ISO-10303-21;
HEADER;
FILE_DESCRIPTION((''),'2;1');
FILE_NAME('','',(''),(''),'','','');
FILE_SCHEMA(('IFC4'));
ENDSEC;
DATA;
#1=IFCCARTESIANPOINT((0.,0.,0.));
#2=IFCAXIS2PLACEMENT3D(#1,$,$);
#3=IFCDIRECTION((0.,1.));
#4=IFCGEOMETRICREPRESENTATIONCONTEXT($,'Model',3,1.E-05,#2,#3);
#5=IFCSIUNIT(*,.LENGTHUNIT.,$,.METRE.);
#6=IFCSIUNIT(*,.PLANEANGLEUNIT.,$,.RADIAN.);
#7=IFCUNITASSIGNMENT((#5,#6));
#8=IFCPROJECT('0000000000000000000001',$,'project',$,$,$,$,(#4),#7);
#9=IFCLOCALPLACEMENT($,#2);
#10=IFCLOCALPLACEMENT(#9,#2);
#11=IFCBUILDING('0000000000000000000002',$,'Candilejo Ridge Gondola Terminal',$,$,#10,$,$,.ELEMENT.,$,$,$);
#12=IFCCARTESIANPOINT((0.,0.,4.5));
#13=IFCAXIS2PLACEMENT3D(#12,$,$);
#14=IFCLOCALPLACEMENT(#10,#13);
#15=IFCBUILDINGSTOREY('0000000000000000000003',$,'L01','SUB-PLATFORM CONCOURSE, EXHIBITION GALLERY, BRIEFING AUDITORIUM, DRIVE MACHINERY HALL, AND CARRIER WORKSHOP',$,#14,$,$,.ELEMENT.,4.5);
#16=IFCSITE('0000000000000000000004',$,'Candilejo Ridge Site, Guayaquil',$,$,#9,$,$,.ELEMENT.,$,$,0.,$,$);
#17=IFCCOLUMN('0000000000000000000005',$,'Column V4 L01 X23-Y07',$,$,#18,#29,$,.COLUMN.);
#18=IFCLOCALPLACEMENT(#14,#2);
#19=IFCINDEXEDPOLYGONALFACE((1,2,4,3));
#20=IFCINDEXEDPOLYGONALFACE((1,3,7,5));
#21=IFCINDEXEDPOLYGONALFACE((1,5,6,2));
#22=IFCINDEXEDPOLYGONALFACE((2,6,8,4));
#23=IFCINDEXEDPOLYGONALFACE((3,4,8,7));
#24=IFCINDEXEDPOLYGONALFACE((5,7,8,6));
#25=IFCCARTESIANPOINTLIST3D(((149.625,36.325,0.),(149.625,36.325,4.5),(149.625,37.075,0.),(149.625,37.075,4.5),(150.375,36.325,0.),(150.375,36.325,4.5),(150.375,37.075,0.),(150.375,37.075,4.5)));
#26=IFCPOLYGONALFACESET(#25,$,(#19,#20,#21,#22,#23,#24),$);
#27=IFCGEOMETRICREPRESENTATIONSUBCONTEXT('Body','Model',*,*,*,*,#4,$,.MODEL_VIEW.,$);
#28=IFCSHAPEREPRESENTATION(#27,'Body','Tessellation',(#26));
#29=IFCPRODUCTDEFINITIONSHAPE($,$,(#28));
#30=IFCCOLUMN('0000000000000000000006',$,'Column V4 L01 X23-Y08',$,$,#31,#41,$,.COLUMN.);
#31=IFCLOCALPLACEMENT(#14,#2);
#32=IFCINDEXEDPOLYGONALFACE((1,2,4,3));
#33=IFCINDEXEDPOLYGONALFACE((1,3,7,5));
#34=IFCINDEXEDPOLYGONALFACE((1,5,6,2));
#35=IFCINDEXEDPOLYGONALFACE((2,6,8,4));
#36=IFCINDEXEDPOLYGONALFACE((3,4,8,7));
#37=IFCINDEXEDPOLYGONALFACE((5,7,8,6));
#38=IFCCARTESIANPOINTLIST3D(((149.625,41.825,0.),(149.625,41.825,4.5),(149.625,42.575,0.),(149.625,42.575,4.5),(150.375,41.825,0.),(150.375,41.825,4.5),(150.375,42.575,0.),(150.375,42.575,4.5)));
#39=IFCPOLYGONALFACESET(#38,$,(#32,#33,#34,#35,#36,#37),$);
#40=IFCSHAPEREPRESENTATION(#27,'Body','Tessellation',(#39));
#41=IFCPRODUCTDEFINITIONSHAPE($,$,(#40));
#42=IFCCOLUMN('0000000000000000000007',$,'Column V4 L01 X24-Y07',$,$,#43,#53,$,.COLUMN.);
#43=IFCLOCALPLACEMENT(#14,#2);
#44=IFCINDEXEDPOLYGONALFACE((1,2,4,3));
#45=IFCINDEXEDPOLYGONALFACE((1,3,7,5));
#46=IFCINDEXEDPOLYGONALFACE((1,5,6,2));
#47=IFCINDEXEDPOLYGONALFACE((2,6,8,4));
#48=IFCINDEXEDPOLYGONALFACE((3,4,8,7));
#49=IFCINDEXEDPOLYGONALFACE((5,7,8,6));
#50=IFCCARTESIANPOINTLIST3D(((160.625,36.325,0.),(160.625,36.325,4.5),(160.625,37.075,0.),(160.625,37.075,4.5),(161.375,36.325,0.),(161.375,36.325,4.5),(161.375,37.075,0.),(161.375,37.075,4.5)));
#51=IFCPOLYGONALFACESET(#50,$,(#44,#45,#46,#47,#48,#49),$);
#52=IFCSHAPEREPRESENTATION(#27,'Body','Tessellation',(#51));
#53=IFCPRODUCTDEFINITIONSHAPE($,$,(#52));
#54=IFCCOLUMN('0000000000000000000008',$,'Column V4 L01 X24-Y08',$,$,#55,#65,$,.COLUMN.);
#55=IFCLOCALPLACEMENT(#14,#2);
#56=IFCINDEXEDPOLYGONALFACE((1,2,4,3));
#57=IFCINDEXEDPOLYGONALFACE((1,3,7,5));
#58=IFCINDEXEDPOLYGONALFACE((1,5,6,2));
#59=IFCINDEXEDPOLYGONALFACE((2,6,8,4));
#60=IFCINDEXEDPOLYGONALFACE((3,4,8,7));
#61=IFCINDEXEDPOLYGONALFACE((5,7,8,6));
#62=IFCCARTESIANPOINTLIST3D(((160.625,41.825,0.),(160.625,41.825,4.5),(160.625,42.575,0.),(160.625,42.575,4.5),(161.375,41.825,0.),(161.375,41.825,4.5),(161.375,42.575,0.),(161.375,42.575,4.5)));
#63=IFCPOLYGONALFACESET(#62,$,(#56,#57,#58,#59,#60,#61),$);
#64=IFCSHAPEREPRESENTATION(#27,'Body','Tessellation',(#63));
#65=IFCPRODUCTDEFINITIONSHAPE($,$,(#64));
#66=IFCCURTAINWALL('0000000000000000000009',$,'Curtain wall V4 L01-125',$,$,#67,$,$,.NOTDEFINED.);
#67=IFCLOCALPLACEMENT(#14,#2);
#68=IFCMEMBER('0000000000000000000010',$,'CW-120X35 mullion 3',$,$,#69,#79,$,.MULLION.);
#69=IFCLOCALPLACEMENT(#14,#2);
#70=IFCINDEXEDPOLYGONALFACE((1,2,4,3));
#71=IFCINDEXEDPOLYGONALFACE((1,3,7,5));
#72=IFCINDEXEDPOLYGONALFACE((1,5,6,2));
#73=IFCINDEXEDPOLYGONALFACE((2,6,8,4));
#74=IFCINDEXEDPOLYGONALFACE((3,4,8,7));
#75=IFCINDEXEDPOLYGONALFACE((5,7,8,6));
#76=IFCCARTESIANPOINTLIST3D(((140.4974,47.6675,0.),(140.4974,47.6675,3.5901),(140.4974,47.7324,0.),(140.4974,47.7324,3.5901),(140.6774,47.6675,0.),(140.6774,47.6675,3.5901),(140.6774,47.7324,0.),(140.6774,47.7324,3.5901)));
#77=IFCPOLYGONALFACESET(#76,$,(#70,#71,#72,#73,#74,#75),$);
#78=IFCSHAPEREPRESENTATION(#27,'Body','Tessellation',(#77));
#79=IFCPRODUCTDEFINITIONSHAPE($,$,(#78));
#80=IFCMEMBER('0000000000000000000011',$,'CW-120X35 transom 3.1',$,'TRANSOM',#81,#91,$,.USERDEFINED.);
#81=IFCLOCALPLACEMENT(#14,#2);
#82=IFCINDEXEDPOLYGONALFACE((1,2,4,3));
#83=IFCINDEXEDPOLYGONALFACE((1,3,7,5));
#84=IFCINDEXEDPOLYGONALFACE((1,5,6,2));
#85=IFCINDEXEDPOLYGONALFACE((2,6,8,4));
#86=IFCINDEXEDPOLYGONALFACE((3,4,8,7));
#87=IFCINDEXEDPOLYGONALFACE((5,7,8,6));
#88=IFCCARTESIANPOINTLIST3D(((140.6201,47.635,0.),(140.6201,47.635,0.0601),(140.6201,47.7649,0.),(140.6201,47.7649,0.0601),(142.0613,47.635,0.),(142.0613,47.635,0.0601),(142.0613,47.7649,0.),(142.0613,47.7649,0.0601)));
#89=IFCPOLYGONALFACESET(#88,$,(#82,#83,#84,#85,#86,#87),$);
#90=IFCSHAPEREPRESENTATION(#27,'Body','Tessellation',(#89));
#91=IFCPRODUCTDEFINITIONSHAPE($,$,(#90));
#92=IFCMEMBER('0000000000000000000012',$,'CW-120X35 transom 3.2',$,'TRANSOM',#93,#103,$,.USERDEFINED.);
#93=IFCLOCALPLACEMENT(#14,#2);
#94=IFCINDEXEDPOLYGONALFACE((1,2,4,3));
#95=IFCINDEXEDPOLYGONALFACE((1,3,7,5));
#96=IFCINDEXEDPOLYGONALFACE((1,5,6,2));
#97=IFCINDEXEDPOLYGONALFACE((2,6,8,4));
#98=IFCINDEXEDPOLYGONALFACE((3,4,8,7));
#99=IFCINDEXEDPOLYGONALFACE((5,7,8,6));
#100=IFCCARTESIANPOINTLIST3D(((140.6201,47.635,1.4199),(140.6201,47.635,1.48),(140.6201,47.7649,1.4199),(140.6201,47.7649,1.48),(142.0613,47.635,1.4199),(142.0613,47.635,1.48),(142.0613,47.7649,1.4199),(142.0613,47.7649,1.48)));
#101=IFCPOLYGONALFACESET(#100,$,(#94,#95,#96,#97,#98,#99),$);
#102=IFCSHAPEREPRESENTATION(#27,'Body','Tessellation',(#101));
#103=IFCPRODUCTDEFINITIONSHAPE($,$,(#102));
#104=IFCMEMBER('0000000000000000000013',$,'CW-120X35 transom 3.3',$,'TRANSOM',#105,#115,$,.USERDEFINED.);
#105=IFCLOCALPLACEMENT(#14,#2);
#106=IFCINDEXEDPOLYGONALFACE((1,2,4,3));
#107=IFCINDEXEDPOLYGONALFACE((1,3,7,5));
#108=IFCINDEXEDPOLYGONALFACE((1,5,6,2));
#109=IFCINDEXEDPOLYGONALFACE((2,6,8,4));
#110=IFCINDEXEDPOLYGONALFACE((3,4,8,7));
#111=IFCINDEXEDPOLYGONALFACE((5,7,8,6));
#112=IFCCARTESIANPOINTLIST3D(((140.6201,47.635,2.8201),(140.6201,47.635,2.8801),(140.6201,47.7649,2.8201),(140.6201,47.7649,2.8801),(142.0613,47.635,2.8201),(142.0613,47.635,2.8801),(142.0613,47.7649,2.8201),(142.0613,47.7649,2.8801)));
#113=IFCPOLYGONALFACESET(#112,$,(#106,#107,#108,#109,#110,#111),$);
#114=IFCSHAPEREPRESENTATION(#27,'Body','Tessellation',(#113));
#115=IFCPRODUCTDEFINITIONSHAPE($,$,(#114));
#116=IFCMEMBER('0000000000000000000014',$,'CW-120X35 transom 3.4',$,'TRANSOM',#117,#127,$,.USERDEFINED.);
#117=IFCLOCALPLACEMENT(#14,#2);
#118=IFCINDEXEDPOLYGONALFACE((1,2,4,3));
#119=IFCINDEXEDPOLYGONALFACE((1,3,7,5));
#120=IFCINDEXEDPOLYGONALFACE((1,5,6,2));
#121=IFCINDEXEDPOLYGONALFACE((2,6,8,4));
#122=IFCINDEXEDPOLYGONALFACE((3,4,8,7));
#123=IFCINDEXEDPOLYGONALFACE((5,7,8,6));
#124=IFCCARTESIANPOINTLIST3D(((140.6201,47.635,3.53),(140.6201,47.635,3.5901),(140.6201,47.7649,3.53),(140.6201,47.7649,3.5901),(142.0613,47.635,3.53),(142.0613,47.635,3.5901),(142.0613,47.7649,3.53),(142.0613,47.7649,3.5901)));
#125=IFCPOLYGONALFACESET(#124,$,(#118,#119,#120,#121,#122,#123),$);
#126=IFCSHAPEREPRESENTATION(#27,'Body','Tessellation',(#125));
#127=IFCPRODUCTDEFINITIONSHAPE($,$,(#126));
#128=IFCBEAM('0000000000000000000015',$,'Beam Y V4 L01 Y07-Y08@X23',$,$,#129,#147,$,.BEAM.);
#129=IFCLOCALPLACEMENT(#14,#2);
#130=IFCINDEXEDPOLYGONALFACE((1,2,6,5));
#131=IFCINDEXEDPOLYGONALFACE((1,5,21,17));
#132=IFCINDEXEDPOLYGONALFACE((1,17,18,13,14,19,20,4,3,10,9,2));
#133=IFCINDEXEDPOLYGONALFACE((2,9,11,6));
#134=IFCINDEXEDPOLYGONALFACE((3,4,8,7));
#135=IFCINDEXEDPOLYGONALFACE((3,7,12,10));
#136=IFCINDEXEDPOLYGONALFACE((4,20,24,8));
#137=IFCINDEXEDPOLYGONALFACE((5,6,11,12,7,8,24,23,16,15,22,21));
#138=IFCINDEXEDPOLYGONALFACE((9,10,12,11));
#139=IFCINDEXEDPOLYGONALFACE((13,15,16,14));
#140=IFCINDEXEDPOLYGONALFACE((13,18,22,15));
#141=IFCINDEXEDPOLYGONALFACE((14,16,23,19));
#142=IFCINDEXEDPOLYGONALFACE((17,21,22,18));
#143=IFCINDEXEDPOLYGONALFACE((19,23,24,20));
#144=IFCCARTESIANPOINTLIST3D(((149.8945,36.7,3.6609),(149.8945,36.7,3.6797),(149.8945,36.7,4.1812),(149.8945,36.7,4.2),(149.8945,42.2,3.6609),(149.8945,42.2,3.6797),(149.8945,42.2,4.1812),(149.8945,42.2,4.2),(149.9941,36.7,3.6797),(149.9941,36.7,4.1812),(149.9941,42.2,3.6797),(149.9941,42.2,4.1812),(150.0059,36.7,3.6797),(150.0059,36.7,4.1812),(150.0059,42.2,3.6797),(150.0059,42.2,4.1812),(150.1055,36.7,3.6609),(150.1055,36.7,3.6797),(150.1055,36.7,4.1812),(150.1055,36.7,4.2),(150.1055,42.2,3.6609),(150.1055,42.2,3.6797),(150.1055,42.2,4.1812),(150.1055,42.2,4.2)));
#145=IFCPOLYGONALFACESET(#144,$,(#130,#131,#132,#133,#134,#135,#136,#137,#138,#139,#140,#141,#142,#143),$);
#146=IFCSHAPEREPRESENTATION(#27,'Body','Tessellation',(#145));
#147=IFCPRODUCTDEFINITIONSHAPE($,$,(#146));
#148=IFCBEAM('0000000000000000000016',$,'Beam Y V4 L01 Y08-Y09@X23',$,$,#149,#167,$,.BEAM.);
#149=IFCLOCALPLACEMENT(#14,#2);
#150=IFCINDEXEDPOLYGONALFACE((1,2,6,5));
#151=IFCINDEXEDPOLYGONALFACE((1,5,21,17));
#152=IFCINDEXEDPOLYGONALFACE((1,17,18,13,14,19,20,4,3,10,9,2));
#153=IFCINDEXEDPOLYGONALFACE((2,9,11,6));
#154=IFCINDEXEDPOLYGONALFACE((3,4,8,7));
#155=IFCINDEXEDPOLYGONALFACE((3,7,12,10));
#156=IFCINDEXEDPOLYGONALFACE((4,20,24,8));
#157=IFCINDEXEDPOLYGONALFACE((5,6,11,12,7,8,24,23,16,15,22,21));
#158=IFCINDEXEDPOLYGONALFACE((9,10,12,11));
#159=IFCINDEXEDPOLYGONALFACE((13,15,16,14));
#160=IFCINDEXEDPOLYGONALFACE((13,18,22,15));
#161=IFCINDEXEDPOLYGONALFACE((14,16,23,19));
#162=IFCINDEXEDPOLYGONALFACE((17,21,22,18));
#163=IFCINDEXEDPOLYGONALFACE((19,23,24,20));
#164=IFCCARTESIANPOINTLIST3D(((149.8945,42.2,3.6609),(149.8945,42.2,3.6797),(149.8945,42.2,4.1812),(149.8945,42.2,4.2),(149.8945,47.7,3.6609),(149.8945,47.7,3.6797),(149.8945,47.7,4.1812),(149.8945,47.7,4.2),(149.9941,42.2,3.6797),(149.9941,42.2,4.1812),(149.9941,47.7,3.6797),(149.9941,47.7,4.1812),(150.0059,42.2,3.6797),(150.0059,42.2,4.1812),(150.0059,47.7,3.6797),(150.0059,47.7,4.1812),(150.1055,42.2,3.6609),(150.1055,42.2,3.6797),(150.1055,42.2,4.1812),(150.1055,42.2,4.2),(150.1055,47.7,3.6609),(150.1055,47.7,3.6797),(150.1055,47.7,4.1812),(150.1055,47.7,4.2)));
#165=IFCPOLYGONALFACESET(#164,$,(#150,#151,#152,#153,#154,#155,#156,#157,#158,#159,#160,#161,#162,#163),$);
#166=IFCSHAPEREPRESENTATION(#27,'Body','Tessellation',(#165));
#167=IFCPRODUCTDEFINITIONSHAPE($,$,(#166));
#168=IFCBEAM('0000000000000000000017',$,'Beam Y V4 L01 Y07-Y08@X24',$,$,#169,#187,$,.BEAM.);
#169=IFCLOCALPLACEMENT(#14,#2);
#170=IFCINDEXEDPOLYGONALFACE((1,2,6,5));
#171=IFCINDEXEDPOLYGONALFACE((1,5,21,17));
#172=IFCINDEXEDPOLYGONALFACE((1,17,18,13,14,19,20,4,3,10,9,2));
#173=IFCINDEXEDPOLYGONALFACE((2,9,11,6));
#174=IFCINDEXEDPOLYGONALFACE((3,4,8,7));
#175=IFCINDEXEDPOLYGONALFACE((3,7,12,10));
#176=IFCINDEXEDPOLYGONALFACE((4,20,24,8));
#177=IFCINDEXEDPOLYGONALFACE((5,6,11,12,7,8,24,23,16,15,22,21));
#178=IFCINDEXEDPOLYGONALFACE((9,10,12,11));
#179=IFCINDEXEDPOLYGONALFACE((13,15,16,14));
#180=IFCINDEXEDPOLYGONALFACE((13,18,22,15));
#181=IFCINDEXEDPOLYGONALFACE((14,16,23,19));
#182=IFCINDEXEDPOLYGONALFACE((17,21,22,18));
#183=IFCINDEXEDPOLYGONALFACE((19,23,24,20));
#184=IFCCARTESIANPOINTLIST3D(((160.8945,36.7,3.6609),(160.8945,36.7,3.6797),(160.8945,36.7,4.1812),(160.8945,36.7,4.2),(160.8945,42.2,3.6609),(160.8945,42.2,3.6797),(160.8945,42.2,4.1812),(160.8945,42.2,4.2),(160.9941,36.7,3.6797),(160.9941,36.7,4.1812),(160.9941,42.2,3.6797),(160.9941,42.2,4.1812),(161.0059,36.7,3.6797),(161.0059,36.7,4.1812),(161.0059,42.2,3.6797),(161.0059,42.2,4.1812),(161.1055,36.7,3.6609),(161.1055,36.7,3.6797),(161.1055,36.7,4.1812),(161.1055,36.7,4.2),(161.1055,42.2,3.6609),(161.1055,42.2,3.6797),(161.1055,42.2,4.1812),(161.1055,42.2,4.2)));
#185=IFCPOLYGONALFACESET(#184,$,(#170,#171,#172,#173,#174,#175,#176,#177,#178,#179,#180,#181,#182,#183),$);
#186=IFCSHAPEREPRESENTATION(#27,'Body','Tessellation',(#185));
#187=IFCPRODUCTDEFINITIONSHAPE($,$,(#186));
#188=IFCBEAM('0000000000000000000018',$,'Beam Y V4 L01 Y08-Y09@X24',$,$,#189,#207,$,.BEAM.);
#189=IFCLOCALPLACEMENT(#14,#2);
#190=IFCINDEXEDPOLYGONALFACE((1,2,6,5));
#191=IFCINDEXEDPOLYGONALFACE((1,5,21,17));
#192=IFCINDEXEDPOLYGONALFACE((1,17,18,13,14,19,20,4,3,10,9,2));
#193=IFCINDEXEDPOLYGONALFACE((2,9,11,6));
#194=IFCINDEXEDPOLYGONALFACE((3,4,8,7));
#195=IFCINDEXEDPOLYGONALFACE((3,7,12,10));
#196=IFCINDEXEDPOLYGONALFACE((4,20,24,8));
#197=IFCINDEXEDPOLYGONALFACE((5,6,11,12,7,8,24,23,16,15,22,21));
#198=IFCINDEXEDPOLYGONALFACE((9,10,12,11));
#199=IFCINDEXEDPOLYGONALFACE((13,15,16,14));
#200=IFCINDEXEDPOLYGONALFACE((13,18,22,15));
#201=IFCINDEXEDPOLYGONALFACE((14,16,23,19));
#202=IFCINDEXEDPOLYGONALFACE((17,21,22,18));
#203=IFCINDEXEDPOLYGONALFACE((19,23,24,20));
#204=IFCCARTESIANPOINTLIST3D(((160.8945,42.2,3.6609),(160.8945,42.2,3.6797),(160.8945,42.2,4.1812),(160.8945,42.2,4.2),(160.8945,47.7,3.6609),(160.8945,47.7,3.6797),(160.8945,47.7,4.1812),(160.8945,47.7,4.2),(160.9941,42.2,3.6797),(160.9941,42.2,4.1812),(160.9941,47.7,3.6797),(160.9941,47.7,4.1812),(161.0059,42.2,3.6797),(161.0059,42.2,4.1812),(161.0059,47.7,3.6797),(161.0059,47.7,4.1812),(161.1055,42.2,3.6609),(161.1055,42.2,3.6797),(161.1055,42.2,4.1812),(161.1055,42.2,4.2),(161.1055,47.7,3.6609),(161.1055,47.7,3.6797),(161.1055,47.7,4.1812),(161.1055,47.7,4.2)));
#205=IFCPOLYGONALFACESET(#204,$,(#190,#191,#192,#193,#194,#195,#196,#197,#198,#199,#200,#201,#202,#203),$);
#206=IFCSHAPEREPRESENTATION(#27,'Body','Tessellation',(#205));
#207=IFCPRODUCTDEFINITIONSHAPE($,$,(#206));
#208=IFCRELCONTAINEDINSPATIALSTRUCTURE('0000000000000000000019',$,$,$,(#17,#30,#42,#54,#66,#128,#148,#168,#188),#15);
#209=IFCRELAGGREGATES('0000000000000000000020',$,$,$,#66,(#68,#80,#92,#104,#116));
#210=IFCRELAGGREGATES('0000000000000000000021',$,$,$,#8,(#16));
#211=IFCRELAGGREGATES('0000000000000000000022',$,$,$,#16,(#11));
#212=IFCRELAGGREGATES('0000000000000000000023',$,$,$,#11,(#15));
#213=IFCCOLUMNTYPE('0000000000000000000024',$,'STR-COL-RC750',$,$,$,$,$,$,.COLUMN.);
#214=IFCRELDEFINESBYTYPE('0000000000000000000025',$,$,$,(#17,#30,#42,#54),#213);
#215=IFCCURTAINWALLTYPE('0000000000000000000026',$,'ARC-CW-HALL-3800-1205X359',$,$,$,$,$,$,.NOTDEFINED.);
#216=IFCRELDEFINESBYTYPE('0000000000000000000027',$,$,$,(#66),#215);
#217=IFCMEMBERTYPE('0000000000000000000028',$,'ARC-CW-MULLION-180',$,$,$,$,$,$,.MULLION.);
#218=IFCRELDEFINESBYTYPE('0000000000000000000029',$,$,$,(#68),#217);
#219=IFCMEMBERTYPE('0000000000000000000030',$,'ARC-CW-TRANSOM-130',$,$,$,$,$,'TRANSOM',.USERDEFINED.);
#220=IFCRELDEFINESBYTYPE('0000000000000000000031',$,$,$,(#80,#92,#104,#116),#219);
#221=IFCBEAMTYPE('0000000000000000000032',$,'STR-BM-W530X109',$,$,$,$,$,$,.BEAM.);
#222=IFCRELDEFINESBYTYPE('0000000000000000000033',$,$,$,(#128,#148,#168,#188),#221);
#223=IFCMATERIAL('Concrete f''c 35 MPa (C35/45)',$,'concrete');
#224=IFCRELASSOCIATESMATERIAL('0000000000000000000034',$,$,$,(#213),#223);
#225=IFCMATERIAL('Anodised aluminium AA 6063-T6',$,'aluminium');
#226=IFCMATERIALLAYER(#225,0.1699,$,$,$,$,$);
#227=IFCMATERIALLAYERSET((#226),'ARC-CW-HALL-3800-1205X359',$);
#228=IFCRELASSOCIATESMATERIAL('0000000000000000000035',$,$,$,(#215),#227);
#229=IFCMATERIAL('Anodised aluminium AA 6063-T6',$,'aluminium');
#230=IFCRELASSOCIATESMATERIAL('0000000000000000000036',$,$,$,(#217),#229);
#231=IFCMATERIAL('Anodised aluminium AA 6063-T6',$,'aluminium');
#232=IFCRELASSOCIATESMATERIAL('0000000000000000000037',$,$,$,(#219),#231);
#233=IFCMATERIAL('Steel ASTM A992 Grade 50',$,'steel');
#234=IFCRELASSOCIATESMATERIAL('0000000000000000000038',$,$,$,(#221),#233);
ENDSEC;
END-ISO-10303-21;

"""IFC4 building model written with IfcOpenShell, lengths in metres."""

from ifc_helpers import new_model, si_unit, direction, frame, origin, origin_2d, place, context, subcontext, project, spatial, rectangle, i_section, extrude, material, layer, layer_set, material_profile, profile_set, type_object, element, aggregate, save


model = new_model("IFC4")

# Units and contexts
model_context = context("Model", 3, precision=1e-05, world=origin(), true_north=direction((0.0, 1.0)))
body_context = subcontext(model_context, "Body", "Model", "MODEL_VIEW")
ifc_project = project(units=[si_unit("LENGTHUNIT", "METRE"), si_unit("PLANEANGLEUNIT", "RADIAN")], contexts=[model_context])

# Site, building, storey
site_placement = place(None, origin())
site = spatial("IfcSite", under=ifc_project, at=site_placement, Name="Candilejo Ridge Site, Guayaquil", CompositionType="ELEMENT", RefElevation=0.0)
building_placement = place(site_placement, origin())
building = spatial("IfcBuilding", under=site, at=building_placement, Name="Candilejo Ridge Gondola Terminal", CompositionType="ELEMENT")
storey_placement = place(building_placement, frame((0.0, 0.0, 4.5)))
storey = spatial("IfcBuildingStorey", under=building, at=storey_placement, Name="L01", Description="SUB-PLATFORM CONCOURSE, EXHIBITION GALLERY, BRIEFING AUDITORIUM, DRIVE MACHINERY HALL, AND CARRIER WORKSHOP", CompositionType="ELEMENT", Elevation=4.5)

# Columns
ifc_material_1 = material(Name="Concrete f'c 35 MPa (C35/45)", Category="concrete")
ifc_material_profile_1 = material_profile(ifc_material_1, rectangle(XDim=0.75, YDim=0.75, at=origin_2d()))
ifc_profile_set_1 = profile_set([ifc_material_profile_1], Name="Concrete f'c 35 MPa (C35/45)")
column_type = type_object("IfcColumnType", Name="STR-COL-RC750", PredefinedType="COLUMN", material=ifc_profile_set_1)
for number, where, z_axis, x_axis, name in (
    (1, (150.0, 36.7, 0.0), (0.0, 0.0, 1.0), (1.0, 0.0, 0.0), "Column V4 L01 X23-Y07"),
    (2, (150.0, 42.2, 0.0), (0.0, 0.0, 1.0), (1.0, 0.0, 0.0), "Column V4 L01 X23-Y08"),
    (3, (161.0, 36.7, 0.0), (0.0, 0.0, 1.0), (1.0, 0.0, 0.0), "Column V4 L01 X24-Y07"),
    (4, (161.0, 42.2, 0.0), (0.0, 0.0, 1.0), (1.0, 0.0, 0.0), "Column V4 L01 X24-Y08"),
):
    element("IfcColumn", number, at=place(storey_placement, frame(where, z_axis=z_axis, x_axis=x_axis)), inside=storey, type_object=column_type, Name=name, PredefinedType="COLUMN", context=body_context, shape_type="SweptSolid", body=[
        extrude(rectangle(XDim=0.75, YDim=0.75, at=origin_2d()), origin(), (0.0, 0.0, 1.0), 4.5),
    ])

# Curtain wall, members
ifc_material_2 = material(Name="Anodised aluminium AA 6063-T6", Category="aluminium")
ifc_layer_1 = layer(ifc_material_2, 0.1699)
ifc_layer_set_1 = layer_set([ifc_layer_1], Name="ARC-CW-HALL-3800-1205X359")
curtain_wall_type = type_object("IfcCurtainWallType", Name="ARC-CW-HALL-3800-1205X359", PredefinedType="NOTDEFINED", material=ifc_layer_set_1)
curtain_wall_placement = place(storey_placement, origin())
curtain_wall = element("IfcCurtainWall", 5, at=curtain_wall_placement, inside=storey, type_object=curtain_wall_type, Name="Curtain wall V4 L01-125", PredefinedType="NOTDEFINED")
ifc_material_3 = material(Name="Anodised aluminium AA 6063-T6", Category="aluminium")
ifc_material_profile_2 = material_profile(ifc_material_3, rectangle(XDim=0.0649, YDim=0.1799, at=origin_2d()))
ifc_profile_set_2 = profile_set([ifc_material_profile_2], Name="Anodised aluminium AA 6063-T6")
member_type_1 = type_object("IfcMemberType", Name="ARC-CW-MULLION-180", PredefinedType="MULLION", material=ifc_profile_set_2)
member_1_placement = place(storey_placement, frame((140.5874, 47.7, 0.0), z_axis=(0.0, 0.0, 1.0), x_axis=(0.0, 1.0, 0.0)))
member_1 = element("IfcMember", 6, at=member_1_placement, type_object=member_type_1, Name="CW-120X35 mullion 3", PredefinedType="MULLION", context=body_context, shape_type="SweptSolid", body=[
    extrude(rectangle(XDim=0.0649, YDim=0.1799, at=origin_2d()), origin(), (0.0, 0.0, 1.0), 3.5901),
])
ifc_material_4 = material(Name="Anodised aluminium AA 6063-T6", Category="aluminium")
ifc_material_profile_3 = material_profile(ifc_material_4, rectangle(XDim=0.1299, YDim=0.0601, at=origin_2d()))
ifc_profile_set_3 = profile_set([ifc_material_profile_3], Name="Anodised aluminium AA 6063-T6")
member_type_2 = type_object("IfcMemberType", Name="ARC-CW-TRANSOM-130", ElementType="TRANSOM", PredefinedType="USERDEFINED", material=ifc_profile_set_3)
member_2_placement = place(storey_placement, frame((140.6201, 47.7, 0.03), z_axis=(1.0, 0.0, 0.0), x_axis=(0.0, 1.0, 0.0)))
member_2 = element("IfcMember", 7, at=member_2_placement, type_object=member_type_2, Name="CW-120X35 transom 3.1", ObjectType="TRANSOM", PredefinedType="USERDEFINED", context=body_context, shape_type="SweptSolid", body=[
    extrude(rectangle(XDim=0.1299, YDim=0.0601, at=origin_2d()), origin(), (0.0, 0.0, 1.0), 1.4412),
])
member_3_placement = place(storey_placement, frame((140.6201, 47.7, 1.45), z_axis=(1.0, 0.0, 0.0), x_axis=(0.0, 1.0, 0.0)))
member_3 = element("IfcMember", 8, at=member_3_placement, type_object=member_type_2, Name="CW-120X35 transom 3.2", ObjectType="TRANSOM", PredefinedType="USERDEFINED", context=body_context, shape_type="SweptSolid", body=[
    extrude(rectangle(XDim=0.1299, YDim=0.0601, at=origin_2d()), origin(), (0.0, 0.0, 1.0), 1.4412),
])
member_4_placement = place(storey_placement, frame((140.6201, 47.7, 2.8501), z_axis=(1.0, 0.0, 0.0), x_axis=(0.0, 1.0, 0.0)))
member_4 = element("IfcMember", 9, at=member_4_placement, type_object=member_type_2, Name="CW-120X35 transom 3.3", ObjectType="TRANSOM", PredefinedType="USERDEFINED", context=body_context, shape_type="SweptSolid", body=[
    extrude(rectangle(XDim=0.1299, YDim=0.0601, at=origin_2d()), origin(), (0.0, 0.0, 1.0), 1.4412),
])
member_5_placement = place(storey_placement, frame((140.6201, 47.7, 3.5601), z_axis=(1.0, 0.0, 0.0), x_axis=(0.0, 1.0, 0.0)))
member_5 = element("IfcMember", 10, at=member_5_placement, type_object=member_type_2, Name="CW-120X35 transom 3.4", ObjectType="TRANSOM", PredefinedType="USERDEFINED", context=body_context, shape_type="SweptSolid", body=[
    extrude(rectangle(XDim=0.1299, YDim=0.0601, at=origin_2d()), origin(), (0.0, 0.0, 1.0), 1.4412),
])

# Beams
ifc_material_5 = material(Name="Steel ASTM A992 Grade 50", Category="steel")
ifc_material_profile_4 = material_profile(ifc_material_5, i_section(OverallWidth=0.2109, OverallDepth=0.5391, WebThickness=0.0117, FlangeThickness=0.0188, at=origin_2d()))
ifc_profile_set_4 = profile_set([ifc_material_profile_4], Name="Steel ASTM A992 Grade 50")
beam_type_1 = type_object("IfcBeamType", Name="STR-BM-W530X109", PredefinedType="BEAM", material=ifc_profile_set_4)
for number, where, z_axis, x_axis, name in (
    (11, (150.0, 36.7, 3.9304), (0.0, 1.0, 0.0), (-1.0, 0.0, 0.0), "Beam Y V4 L01 Y07-Y08@X23"),
    (12, (150.0, 42.2, 3.9304), (0.0, 1.0, 0.0), (-1.0, 0.0, 0.0), "Beam Y V4 L01 Y08-Y09@X23"),
    (13, (161.0, 36.7, 3.9304), (0.0, 1.0, 0.0), (-1.0, 0.0, 0.0), "Beam Y V4 L01 Y07-Y08@X24"),
    (14, (161.0, 42.2, 3.9304), (0.0, 1.0, 0.0), (-1.0, 0.0, 0.0), "Beam Y V4 L01 Y08-Y09@X24"),
):
    element("IfcBeam", number, at=place(storey_placement, frame(where, z_axis=z_axis, x_axis=x_axis)), inside=storey, type_object=beam_type_1, Name=name, PredefinedType="BEAM", context=body_context, shape_type="SweptSolid", body=[
        extrude(i_section(OverallWidth=0.2109, OverallDepth=0.5391, WebThickness=0.0117, FlangeThickness=0.0188, at=origin_2d()), origin(), (0.0, 0.0, 1.0), 5.5),
    ])

aggregate(curtain_wall, [member_1, member_2, member_3, member_4, member_5])

save(model, "model.ifc")
